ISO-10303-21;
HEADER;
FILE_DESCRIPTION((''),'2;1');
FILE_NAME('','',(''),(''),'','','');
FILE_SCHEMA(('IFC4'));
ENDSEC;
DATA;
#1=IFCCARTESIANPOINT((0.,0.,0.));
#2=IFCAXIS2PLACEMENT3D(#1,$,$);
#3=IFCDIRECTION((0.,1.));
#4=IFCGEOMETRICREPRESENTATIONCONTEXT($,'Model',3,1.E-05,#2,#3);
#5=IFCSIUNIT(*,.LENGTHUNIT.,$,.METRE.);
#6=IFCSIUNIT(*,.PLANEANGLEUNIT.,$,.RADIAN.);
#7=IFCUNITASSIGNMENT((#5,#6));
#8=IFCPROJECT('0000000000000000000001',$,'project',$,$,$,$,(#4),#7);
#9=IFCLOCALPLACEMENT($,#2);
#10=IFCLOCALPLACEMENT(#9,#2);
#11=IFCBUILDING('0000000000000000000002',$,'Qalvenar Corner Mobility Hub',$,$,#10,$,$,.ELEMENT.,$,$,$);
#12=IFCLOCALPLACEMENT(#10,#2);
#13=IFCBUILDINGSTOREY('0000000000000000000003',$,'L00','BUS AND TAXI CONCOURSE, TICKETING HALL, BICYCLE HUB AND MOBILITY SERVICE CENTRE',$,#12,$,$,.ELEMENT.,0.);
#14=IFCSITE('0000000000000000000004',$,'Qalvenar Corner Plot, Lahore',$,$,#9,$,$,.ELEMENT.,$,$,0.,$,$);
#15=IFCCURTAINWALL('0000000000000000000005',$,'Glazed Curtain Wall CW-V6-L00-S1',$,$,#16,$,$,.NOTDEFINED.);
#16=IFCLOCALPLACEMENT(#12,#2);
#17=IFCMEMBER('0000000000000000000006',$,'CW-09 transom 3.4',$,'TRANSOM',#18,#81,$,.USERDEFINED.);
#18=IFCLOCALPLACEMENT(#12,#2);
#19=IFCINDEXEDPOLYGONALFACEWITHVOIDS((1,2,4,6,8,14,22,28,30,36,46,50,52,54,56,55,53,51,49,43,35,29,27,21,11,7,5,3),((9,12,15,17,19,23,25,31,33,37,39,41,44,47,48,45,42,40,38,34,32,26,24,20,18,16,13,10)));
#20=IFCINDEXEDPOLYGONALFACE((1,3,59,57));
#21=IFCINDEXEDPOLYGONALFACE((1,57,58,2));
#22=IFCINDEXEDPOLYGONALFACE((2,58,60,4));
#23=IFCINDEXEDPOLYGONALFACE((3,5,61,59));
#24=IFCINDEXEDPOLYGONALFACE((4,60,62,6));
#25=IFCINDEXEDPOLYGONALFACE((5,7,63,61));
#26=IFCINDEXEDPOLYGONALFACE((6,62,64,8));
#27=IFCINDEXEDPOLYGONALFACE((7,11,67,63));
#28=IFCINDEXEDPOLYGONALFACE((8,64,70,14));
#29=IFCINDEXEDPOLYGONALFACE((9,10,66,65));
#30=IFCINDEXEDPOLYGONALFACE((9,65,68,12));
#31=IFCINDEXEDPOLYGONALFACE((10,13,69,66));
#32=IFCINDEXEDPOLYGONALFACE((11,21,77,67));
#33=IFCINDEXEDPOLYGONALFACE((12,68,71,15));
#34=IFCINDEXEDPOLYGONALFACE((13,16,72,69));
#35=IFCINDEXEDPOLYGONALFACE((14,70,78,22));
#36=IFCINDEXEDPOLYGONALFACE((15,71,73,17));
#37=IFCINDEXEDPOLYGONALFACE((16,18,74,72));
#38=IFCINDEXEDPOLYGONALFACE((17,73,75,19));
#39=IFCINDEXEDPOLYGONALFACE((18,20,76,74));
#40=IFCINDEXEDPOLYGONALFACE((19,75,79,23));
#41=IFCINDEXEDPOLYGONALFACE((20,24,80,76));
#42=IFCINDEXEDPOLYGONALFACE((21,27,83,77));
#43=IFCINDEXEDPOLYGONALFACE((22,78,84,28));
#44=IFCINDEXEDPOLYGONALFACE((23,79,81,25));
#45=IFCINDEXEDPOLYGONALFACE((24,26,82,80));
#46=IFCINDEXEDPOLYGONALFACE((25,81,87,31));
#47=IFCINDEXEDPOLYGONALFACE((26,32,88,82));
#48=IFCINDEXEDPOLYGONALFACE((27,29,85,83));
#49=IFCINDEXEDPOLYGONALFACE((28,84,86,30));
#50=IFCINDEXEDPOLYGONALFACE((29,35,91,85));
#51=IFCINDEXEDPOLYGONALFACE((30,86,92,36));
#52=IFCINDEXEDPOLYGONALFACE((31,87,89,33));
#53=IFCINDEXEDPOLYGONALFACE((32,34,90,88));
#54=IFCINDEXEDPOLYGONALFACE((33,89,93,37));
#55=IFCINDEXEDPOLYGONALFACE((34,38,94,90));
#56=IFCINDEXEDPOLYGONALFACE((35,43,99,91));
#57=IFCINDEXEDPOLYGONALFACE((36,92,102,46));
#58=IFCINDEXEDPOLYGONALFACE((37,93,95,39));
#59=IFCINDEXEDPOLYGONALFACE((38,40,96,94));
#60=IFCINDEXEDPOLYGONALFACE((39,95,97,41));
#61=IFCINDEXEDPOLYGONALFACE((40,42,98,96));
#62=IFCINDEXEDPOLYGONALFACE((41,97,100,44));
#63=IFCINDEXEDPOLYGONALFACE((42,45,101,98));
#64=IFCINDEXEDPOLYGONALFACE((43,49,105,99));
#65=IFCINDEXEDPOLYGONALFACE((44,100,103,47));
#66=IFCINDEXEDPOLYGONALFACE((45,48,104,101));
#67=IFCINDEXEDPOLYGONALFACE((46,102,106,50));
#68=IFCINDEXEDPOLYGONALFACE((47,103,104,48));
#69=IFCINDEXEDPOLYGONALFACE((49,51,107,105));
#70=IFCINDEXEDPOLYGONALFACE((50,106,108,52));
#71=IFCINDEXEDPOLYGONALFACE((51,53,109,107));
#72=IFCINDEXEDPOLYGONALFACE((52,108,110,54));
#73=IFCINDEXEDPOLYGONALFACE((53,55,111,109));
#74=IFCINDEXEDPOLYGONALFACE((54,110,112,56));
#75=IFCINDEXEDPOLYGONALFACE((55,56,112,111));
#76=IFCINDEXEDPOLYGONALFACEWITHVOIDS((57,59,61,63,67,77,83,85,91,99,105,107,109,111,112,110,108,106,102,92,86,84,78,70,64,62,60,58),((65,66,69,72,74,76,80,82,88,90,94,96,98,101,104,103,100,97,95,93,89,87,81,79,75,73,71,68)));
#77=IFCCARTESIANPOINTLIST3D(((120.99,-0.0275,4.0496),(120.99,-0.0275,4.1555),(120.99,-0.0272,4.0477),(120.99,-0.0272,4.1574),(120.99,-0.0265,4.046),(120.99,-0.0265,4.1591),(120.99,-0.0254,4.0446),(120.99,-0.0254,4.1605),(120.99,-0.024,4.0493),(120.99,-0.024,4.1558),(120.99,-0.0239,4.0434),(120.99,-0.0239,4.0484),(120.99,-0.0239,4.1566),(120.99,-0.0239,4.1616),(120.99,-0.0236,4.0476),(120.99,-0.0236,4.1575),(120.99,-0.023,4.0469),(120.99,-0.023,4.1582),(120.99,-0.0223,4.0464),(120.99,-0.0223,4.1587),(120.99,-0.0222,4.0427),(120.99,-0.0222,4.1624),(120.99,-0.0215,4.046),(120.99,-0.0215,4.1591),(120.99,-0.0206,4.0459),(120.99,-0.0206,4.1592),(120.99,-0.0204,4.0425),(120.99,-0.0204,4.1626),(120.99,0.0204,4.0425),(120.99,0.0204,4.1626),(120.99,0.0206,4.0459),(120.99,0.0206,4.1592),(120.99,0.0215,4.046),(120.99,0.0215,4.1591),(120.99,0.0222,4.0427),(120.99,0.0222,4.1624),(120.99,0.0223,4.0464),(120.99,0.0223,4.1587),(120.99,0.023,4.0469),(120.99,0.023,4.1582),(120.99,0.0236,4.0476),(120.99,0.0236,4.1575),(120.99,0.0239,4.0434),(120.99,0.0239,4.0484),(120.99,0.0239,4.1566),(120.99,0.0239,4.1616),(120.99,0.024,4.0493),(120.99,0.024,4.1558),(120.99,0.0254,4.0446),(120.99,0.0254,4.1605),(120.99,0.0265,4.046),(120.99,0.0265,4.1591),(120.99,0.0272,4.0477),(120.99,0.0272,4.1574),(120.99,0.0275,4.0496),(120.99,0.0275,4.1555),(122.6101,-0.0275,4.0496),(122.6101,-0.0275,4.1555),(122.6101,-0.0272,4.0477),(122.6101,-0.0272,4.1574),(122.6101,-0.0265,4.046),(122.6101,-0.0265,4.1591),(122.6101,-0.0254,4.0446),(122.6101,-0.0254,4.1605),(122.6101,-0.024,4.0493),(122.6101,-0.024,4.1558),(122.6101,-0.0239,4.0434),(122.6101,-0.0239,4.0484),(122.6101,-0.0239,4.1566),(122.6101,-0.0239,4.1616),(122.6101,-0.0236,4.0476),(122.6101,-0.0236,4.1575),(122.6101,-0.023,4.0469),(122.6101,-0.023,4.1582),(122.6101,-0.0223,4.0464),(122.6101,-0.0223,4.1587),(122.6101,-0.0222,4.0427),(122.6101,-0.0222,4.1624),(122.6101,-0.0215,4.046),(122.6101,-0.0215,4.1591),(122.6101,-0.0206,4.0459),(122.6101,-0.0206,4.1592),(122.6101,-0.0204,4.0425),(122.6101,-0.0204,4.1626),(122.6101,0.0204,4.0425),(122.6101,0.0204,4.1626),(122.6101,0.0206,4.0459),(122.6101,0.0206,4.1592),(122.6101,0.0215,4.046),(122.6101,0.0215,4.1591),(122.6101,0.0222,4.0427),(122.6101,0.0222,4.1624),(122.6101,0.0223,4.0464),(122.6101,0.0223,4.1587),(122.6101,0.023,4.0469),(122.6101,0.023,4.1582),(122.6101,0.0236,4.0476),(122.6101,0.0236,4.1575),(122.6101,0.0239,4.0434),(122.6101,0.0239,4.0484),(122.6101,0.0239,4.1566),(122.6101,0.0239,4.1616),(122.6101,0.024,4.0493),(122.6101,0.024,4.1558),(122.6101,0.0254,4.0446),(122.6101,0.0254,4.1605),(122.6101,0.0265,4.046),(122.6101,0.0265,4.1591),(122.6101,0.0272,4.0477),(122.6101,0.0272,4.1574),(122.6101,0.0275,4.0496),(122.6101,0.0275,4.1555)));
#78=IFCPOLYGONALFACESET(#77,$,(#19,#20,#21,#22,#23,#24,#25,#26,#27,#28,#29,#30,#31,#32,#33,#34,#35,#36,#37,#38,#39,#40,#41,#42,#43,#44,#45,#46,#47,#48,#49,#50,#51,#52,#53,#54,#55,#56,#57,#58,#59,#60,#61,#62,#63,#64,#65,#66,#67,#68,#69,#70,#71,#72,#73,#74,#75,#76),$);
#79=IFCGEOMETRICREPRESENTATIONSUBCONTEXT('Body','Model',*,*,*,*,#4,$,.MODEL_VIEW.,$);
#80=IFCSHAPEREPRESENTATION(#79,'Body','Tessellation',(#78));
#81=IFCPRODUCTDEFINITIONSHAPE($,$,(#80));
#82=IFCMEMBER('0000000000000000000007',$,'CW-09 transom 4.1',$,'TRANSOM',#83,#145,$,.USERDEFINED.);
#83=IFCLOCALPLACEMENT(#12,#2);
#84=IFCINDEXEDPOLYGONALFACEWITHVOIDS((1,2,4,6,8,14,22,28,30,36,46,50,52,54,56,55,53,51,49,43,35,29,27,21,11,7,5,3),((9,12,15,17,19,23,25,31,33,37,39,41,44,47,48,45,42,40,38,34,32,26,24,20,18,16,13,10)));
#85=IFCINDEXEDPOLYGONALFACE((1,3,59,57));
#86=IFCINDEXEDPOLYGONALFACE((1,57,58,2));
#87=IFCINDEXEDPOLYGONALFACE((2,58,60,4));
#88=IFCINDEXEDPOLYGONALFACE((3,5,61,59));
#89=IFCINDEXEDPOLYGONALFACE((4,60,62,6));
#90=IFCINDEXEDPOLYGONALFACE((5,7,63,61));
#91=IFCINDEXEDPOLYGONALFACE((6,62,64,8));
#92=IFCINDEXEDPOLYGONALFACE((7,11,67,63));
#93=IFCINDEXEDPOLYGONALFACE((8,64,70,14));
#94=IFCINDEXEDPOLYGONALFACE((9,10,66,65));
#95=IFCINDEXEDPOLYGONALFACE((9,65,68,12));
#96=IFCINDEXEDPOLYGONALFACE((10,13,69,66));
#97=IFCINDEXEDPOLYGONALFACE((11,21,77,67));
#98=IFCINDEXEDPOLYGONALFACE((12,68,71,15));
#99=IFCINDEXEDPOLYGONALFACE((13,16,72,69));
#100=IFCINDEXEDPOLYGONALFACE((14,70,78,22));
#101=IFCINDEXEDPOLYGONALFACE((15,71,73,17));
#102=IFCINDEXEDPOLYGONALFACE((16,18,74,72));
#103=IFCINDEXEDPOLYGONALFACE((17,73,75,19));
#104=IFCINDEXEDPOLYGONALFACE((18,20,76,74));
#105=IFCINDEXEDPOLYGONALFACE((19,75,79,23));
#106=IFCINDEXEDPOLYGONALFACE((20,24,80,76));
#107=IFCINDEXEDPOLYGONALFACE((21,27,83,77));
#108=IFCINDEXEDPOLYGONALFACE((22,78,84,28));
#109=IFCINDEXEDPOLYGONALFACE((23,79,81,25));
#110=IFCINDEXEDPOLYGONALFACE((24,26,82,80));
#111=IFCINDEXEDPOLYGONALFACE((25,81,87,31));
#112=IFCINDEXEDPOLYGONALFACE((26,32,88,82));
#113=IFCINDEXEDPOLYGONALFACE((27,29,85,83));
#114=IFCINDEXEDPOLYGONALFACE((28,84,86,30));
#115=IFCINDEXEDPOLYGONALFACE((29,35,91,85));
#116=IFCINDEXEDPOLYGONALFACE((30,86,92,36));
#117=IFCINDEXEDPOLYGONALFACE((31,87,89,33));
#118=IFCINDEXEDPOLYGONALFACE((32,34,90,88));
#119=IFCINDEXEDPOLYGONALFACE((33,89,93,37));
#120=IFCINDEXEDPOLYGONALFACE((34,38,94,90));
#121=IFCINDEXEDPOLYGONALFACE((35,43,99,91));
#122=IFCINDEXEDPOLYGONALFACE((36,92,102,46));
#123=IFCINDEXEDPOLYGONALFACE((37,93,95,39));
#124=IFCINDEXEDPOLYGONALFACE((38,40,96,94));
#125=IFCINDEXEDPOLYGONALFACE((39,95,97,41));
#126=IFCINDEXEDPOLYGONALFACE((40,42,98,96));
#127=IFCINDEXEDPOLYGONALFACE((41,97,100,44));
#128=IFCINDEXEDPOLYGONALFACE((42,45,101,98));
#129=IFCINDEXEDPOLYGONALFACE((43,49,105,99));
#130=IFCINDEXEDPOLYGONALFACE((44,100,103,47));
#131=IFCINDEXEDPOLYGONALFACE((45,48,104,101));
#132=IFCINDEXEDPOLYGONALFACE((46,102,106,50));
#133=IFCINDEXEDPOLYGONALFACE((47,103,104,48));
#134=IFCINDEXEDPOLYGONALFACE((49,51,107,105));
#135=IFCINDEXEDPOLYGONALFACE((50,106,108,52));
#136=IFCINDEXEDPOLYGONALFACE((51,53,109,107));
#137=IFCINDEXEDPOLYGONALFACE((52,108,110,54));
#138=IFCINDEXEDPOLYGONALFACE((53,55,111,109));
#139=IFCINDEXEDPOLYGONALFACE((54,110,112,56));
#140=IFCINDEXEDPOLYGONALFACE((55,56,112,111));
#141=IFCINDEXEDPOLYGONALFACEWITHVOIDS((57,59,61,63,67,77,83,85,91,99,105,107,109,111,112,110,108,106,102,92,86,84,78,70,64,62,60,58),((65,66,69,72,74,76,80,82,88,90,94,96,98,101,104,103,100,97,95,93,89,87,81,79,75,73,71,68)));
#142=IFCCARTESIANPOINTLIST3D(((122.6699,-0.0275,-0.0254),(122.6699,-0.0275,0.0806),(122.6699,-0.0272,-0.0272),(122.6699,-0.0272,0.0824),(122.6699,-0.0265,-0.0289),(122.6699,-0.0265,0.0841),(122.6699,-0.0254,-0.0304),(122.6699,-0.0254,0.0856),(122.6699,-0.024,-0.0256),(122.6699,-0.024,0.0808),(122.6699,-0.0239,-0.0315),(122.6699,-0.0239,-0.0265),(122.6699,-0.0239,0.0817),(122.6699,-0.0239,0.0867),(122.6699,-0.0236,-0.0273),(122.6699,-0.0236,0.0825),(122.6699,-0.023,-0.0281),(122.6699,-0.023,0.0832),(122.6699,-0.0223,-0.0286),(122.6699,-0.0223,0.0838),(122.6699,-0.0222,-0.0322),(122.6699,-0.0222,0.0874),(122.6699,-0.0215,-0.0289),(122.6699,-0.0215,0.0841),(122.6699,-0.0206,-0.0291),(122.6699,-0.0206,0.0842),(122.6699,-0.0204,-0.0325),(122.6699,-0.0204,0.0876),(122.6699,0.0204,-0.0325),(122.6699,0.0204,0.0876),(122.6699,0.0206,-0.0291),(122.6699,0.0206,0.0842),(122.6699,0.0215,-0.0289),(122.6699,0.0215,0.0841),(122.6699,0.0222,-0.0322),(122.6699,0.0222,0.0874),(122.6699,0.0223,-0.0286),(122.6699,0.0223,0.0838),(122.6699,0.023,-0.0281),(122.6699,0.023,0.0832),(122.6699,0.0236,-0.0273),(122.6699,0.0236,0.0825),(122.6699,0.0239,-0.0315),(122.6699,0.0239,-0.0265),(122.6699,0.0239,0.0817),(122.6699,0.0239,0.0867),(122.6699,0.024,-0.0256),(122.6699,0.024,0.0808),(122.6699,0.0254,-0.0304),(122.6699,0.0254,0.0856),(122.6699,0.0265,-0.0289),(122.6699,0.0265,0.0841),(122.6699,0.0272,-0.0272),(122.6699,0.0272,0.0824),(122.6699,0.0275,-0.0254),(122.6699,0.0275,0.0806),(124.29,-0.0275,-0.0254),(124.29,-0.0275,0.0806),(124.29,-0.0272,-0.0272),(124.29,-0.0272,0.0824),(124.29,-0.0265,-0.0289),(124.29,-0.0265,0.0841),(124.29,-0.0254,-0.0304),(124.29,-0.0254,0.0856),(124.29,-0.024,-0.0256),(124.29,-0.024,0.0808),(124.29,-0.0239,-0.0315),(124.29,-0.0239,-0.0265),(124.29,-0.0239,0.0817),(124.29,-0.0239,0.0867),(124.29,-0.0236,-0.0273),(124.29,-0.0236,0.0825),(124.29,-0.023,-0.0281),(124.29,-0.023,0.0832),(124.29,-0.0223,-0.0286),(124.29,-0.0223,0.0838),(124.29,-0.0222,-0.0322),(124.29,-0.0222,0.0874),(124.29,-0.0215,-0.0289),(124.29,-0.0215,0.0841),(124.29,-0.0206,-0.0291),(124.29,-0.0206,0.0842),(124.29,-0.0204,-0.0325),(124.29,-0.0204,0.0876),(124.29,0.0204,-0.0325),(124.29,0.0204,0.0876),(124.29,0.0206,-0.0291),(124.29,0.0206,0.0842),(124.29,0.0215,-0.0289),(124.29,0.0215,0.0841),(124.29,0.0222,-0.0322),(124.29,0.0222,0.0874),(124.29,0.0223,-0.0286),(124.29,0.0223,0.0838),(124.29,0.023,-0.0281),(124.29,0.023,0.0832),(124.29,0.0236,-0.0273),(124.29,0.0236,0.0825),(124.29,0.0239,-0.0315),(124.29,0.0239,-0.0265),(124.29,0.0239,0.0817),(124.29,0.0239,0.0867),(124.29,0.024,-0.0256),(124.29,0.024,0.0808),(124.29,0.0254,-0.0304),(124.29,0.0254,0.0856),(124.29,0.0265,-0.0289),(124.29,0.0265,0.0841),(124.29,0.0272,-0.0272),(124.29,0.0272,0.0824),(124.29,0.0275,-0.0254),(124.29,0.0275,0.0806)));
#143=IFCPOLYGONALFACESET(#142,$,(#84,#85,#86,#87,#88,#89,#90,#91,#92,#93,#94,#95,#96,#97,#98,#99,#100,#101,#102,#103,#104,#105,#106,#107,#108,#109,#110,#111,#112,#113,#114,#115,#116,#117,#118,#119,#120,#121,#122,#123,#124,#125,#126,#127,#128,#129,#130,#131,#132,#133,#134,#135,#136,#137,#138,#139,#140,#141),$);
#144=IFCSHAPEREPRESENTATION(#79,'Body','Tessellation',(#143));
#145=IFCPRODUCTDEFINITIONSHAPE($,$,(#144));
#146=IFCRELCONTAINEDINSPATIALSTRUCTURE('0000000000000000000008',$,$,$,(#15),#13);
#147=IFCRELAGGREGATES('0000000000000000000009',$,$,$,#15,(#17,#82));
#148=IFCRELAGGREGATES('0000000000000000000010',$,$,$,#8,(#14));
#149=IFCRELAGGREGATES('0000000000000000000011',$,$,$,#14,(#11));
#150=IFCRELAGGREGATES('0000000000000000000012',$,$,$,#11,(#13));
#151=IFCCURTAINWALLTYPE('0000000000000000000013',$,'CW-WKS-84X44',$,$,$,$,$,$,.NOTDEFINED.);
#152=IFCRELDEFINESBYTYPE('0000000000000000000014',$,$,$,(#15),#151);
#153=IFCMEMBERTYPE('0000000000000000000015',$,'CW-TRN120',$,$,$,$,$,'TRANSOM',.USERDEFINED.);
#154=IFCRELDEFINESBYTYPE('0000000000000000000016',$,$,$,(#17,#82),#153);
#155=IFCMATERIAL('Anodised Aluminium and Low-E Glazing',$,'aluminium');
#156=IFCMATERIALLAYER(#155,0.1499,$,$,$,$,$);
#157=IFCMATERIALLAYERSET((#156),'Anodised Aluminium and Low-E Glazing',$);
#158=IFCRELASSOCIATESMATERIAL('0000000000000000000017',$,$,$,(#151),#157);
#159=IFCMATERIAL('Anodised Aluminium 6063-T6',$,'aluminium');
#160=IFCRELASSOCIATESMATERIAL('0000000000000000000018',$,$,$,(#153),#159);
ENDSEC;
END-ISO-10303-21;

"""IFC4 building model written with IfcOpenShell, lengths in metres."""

from ifc_helpers import new_model, si_unit, direction, frame, origin, origin_2d, place, context, subcontext, project, spatial, hollow_rectangle, extrude, material, layer, layer_set, material_profile, profile_set, type_object, element, aggregate, save


model = new_model("IFC4")

# Units and contexts
model_context = context("Model", 3, precision=1e-05, world=origin(), true_north=direction((0.0, 1.0)))
body_context = subcontext(model_context, "Body", "Model", "MODEL_VIEW")
ifc_project = project(units=[si_unit("LENGTHUNIT", "METRE"), si_unit("PLANEANGLEUNIT", "RADIAN")], contexts=[model_context])

# Site, building, storey
site_placement = place(None, origin())
site = spatial("IfcSite", under=ifc_project, at=site_placement, Name="Qalvenar Corner Plot, Lahore", CompositionType="ELEMENT", RefElevation=0.0)
building_placement = place(site_placement, origin())
building = spatial("IfcBuilding", under=site, at=building_placement, Name="Qalvenar Corner Mobility Hub", CompositionType="ELEMENT")
storey_placement = place(building_placement, origin())
storey = spatial("IfcBuildingStorey", under=building, at=storey_placement, Name="L00", Description="BUS AND TAXI CONCOURSE, TICKETING HALL, BICYCLE HUB AND MOBILITY SERVICE CENTRE", CompositionType="ELEMENT", Elevation=0.0)

# Curtain wall, members
ifc_material_1 = material(Name="Anodised Aluminium and Low-E Glazing", Category="aluminium")
ifc_layer_1 = layer(ifc_material_1, 0.1499)
ifc_layer_set_1 = layer_set([ifc_layer_1], Name="Anodised Aluminium and Low-E Glazing")
curtain_wall_type = type_object("IfcCurtainWallType", Name="CW-WKS-84X44", PredefinedType="NOTDEFINED", material=ifc_layer_set_1)
curtain_wall_placement = place(storey_placement, origin())
curtain_wall = element("IfcCurtainWall", 1, at=curtain_wall_placement, inside=storey, type_object=curtain_wall_type, Name="Glazed Curtain Wall CW-V6-L00-S1", PredefinedType="NOTDEFINED")
ifc_material_2 = material(Name="Anodised Aluminium 6063-T6", Category="aluminium")
ifc_material_profile_1 = material_profile(ifc_material_2, hollow_rectangle(XDim=0.0549, YDim=0.1201, WallThickness=0.0034, InnerFilletRadius=0.0034, OuterFilletRadius=0.0071, at=origin_2d()), Name="RHS120x55x3.5")
ifc_profile_set_1 = profile_set([ifc_material_profile_1], Name="Anodised Aluminium 6063-T6")
member_type_1 = type_object("IfcMemberType", Name="CW-TRN120", ElementType="TRANSOM", PredefinedType="USERDEFINED", material=ifc_profile_set_1)
member_1_placement = place(storey_placement, frame((120.99, 0.0, 4.1025), z_axis=(1.0, 0.0, 0.0), x_axis=(0.0, 1.0, 0.0)))
member_1 = element("IfcMember", 2, at=member_1_placement, type_object=member_type_1, Name="CW-09 transom 3.4", ObjectType="TRANSOM", PredefinedType="USERDEFINED", context=body_context, shape_type="SweptSolid", body=[
    extrude(hollow_rectangle(XDim=0.0549, YDim=0.1201, WallThickness=0.0034, InnerFilletRadius=0.0034, OuterFilletRadius=0.0071, at=origin_2d()), origin(), (0.0, 0.0, 1.0), 1.6201),
])
member_2_placement = place(storey_placement, frame((122.6699, 0.0, 0.0276), z_axis=(1.0, 0.0, 0.0), x_axis=(0.0, 1.0, 0.0)))
member_2 = element("IfcMember", 3, at=member_2_placement, type_object=member_type_1, Name="CW-09 transom 4.1", ObjectType="TRANSOM", PredefinedType="USERDEFINED", context=body_context, shape_type="SweptSolid", body=[
    extrude(hollow_rectangle(XDim=0.0549, YDim=0.1201, WallThickness=0.0034, InnerFilletRadius=0.0034, OuterFilletRadius=0.0071, at=origin_2d()), origin(), (0.0, 0.0, 1.0), 1.6201),
])
aggregate(curtain_wall, [member_1, member_2])

save(model, "model.ifc")
